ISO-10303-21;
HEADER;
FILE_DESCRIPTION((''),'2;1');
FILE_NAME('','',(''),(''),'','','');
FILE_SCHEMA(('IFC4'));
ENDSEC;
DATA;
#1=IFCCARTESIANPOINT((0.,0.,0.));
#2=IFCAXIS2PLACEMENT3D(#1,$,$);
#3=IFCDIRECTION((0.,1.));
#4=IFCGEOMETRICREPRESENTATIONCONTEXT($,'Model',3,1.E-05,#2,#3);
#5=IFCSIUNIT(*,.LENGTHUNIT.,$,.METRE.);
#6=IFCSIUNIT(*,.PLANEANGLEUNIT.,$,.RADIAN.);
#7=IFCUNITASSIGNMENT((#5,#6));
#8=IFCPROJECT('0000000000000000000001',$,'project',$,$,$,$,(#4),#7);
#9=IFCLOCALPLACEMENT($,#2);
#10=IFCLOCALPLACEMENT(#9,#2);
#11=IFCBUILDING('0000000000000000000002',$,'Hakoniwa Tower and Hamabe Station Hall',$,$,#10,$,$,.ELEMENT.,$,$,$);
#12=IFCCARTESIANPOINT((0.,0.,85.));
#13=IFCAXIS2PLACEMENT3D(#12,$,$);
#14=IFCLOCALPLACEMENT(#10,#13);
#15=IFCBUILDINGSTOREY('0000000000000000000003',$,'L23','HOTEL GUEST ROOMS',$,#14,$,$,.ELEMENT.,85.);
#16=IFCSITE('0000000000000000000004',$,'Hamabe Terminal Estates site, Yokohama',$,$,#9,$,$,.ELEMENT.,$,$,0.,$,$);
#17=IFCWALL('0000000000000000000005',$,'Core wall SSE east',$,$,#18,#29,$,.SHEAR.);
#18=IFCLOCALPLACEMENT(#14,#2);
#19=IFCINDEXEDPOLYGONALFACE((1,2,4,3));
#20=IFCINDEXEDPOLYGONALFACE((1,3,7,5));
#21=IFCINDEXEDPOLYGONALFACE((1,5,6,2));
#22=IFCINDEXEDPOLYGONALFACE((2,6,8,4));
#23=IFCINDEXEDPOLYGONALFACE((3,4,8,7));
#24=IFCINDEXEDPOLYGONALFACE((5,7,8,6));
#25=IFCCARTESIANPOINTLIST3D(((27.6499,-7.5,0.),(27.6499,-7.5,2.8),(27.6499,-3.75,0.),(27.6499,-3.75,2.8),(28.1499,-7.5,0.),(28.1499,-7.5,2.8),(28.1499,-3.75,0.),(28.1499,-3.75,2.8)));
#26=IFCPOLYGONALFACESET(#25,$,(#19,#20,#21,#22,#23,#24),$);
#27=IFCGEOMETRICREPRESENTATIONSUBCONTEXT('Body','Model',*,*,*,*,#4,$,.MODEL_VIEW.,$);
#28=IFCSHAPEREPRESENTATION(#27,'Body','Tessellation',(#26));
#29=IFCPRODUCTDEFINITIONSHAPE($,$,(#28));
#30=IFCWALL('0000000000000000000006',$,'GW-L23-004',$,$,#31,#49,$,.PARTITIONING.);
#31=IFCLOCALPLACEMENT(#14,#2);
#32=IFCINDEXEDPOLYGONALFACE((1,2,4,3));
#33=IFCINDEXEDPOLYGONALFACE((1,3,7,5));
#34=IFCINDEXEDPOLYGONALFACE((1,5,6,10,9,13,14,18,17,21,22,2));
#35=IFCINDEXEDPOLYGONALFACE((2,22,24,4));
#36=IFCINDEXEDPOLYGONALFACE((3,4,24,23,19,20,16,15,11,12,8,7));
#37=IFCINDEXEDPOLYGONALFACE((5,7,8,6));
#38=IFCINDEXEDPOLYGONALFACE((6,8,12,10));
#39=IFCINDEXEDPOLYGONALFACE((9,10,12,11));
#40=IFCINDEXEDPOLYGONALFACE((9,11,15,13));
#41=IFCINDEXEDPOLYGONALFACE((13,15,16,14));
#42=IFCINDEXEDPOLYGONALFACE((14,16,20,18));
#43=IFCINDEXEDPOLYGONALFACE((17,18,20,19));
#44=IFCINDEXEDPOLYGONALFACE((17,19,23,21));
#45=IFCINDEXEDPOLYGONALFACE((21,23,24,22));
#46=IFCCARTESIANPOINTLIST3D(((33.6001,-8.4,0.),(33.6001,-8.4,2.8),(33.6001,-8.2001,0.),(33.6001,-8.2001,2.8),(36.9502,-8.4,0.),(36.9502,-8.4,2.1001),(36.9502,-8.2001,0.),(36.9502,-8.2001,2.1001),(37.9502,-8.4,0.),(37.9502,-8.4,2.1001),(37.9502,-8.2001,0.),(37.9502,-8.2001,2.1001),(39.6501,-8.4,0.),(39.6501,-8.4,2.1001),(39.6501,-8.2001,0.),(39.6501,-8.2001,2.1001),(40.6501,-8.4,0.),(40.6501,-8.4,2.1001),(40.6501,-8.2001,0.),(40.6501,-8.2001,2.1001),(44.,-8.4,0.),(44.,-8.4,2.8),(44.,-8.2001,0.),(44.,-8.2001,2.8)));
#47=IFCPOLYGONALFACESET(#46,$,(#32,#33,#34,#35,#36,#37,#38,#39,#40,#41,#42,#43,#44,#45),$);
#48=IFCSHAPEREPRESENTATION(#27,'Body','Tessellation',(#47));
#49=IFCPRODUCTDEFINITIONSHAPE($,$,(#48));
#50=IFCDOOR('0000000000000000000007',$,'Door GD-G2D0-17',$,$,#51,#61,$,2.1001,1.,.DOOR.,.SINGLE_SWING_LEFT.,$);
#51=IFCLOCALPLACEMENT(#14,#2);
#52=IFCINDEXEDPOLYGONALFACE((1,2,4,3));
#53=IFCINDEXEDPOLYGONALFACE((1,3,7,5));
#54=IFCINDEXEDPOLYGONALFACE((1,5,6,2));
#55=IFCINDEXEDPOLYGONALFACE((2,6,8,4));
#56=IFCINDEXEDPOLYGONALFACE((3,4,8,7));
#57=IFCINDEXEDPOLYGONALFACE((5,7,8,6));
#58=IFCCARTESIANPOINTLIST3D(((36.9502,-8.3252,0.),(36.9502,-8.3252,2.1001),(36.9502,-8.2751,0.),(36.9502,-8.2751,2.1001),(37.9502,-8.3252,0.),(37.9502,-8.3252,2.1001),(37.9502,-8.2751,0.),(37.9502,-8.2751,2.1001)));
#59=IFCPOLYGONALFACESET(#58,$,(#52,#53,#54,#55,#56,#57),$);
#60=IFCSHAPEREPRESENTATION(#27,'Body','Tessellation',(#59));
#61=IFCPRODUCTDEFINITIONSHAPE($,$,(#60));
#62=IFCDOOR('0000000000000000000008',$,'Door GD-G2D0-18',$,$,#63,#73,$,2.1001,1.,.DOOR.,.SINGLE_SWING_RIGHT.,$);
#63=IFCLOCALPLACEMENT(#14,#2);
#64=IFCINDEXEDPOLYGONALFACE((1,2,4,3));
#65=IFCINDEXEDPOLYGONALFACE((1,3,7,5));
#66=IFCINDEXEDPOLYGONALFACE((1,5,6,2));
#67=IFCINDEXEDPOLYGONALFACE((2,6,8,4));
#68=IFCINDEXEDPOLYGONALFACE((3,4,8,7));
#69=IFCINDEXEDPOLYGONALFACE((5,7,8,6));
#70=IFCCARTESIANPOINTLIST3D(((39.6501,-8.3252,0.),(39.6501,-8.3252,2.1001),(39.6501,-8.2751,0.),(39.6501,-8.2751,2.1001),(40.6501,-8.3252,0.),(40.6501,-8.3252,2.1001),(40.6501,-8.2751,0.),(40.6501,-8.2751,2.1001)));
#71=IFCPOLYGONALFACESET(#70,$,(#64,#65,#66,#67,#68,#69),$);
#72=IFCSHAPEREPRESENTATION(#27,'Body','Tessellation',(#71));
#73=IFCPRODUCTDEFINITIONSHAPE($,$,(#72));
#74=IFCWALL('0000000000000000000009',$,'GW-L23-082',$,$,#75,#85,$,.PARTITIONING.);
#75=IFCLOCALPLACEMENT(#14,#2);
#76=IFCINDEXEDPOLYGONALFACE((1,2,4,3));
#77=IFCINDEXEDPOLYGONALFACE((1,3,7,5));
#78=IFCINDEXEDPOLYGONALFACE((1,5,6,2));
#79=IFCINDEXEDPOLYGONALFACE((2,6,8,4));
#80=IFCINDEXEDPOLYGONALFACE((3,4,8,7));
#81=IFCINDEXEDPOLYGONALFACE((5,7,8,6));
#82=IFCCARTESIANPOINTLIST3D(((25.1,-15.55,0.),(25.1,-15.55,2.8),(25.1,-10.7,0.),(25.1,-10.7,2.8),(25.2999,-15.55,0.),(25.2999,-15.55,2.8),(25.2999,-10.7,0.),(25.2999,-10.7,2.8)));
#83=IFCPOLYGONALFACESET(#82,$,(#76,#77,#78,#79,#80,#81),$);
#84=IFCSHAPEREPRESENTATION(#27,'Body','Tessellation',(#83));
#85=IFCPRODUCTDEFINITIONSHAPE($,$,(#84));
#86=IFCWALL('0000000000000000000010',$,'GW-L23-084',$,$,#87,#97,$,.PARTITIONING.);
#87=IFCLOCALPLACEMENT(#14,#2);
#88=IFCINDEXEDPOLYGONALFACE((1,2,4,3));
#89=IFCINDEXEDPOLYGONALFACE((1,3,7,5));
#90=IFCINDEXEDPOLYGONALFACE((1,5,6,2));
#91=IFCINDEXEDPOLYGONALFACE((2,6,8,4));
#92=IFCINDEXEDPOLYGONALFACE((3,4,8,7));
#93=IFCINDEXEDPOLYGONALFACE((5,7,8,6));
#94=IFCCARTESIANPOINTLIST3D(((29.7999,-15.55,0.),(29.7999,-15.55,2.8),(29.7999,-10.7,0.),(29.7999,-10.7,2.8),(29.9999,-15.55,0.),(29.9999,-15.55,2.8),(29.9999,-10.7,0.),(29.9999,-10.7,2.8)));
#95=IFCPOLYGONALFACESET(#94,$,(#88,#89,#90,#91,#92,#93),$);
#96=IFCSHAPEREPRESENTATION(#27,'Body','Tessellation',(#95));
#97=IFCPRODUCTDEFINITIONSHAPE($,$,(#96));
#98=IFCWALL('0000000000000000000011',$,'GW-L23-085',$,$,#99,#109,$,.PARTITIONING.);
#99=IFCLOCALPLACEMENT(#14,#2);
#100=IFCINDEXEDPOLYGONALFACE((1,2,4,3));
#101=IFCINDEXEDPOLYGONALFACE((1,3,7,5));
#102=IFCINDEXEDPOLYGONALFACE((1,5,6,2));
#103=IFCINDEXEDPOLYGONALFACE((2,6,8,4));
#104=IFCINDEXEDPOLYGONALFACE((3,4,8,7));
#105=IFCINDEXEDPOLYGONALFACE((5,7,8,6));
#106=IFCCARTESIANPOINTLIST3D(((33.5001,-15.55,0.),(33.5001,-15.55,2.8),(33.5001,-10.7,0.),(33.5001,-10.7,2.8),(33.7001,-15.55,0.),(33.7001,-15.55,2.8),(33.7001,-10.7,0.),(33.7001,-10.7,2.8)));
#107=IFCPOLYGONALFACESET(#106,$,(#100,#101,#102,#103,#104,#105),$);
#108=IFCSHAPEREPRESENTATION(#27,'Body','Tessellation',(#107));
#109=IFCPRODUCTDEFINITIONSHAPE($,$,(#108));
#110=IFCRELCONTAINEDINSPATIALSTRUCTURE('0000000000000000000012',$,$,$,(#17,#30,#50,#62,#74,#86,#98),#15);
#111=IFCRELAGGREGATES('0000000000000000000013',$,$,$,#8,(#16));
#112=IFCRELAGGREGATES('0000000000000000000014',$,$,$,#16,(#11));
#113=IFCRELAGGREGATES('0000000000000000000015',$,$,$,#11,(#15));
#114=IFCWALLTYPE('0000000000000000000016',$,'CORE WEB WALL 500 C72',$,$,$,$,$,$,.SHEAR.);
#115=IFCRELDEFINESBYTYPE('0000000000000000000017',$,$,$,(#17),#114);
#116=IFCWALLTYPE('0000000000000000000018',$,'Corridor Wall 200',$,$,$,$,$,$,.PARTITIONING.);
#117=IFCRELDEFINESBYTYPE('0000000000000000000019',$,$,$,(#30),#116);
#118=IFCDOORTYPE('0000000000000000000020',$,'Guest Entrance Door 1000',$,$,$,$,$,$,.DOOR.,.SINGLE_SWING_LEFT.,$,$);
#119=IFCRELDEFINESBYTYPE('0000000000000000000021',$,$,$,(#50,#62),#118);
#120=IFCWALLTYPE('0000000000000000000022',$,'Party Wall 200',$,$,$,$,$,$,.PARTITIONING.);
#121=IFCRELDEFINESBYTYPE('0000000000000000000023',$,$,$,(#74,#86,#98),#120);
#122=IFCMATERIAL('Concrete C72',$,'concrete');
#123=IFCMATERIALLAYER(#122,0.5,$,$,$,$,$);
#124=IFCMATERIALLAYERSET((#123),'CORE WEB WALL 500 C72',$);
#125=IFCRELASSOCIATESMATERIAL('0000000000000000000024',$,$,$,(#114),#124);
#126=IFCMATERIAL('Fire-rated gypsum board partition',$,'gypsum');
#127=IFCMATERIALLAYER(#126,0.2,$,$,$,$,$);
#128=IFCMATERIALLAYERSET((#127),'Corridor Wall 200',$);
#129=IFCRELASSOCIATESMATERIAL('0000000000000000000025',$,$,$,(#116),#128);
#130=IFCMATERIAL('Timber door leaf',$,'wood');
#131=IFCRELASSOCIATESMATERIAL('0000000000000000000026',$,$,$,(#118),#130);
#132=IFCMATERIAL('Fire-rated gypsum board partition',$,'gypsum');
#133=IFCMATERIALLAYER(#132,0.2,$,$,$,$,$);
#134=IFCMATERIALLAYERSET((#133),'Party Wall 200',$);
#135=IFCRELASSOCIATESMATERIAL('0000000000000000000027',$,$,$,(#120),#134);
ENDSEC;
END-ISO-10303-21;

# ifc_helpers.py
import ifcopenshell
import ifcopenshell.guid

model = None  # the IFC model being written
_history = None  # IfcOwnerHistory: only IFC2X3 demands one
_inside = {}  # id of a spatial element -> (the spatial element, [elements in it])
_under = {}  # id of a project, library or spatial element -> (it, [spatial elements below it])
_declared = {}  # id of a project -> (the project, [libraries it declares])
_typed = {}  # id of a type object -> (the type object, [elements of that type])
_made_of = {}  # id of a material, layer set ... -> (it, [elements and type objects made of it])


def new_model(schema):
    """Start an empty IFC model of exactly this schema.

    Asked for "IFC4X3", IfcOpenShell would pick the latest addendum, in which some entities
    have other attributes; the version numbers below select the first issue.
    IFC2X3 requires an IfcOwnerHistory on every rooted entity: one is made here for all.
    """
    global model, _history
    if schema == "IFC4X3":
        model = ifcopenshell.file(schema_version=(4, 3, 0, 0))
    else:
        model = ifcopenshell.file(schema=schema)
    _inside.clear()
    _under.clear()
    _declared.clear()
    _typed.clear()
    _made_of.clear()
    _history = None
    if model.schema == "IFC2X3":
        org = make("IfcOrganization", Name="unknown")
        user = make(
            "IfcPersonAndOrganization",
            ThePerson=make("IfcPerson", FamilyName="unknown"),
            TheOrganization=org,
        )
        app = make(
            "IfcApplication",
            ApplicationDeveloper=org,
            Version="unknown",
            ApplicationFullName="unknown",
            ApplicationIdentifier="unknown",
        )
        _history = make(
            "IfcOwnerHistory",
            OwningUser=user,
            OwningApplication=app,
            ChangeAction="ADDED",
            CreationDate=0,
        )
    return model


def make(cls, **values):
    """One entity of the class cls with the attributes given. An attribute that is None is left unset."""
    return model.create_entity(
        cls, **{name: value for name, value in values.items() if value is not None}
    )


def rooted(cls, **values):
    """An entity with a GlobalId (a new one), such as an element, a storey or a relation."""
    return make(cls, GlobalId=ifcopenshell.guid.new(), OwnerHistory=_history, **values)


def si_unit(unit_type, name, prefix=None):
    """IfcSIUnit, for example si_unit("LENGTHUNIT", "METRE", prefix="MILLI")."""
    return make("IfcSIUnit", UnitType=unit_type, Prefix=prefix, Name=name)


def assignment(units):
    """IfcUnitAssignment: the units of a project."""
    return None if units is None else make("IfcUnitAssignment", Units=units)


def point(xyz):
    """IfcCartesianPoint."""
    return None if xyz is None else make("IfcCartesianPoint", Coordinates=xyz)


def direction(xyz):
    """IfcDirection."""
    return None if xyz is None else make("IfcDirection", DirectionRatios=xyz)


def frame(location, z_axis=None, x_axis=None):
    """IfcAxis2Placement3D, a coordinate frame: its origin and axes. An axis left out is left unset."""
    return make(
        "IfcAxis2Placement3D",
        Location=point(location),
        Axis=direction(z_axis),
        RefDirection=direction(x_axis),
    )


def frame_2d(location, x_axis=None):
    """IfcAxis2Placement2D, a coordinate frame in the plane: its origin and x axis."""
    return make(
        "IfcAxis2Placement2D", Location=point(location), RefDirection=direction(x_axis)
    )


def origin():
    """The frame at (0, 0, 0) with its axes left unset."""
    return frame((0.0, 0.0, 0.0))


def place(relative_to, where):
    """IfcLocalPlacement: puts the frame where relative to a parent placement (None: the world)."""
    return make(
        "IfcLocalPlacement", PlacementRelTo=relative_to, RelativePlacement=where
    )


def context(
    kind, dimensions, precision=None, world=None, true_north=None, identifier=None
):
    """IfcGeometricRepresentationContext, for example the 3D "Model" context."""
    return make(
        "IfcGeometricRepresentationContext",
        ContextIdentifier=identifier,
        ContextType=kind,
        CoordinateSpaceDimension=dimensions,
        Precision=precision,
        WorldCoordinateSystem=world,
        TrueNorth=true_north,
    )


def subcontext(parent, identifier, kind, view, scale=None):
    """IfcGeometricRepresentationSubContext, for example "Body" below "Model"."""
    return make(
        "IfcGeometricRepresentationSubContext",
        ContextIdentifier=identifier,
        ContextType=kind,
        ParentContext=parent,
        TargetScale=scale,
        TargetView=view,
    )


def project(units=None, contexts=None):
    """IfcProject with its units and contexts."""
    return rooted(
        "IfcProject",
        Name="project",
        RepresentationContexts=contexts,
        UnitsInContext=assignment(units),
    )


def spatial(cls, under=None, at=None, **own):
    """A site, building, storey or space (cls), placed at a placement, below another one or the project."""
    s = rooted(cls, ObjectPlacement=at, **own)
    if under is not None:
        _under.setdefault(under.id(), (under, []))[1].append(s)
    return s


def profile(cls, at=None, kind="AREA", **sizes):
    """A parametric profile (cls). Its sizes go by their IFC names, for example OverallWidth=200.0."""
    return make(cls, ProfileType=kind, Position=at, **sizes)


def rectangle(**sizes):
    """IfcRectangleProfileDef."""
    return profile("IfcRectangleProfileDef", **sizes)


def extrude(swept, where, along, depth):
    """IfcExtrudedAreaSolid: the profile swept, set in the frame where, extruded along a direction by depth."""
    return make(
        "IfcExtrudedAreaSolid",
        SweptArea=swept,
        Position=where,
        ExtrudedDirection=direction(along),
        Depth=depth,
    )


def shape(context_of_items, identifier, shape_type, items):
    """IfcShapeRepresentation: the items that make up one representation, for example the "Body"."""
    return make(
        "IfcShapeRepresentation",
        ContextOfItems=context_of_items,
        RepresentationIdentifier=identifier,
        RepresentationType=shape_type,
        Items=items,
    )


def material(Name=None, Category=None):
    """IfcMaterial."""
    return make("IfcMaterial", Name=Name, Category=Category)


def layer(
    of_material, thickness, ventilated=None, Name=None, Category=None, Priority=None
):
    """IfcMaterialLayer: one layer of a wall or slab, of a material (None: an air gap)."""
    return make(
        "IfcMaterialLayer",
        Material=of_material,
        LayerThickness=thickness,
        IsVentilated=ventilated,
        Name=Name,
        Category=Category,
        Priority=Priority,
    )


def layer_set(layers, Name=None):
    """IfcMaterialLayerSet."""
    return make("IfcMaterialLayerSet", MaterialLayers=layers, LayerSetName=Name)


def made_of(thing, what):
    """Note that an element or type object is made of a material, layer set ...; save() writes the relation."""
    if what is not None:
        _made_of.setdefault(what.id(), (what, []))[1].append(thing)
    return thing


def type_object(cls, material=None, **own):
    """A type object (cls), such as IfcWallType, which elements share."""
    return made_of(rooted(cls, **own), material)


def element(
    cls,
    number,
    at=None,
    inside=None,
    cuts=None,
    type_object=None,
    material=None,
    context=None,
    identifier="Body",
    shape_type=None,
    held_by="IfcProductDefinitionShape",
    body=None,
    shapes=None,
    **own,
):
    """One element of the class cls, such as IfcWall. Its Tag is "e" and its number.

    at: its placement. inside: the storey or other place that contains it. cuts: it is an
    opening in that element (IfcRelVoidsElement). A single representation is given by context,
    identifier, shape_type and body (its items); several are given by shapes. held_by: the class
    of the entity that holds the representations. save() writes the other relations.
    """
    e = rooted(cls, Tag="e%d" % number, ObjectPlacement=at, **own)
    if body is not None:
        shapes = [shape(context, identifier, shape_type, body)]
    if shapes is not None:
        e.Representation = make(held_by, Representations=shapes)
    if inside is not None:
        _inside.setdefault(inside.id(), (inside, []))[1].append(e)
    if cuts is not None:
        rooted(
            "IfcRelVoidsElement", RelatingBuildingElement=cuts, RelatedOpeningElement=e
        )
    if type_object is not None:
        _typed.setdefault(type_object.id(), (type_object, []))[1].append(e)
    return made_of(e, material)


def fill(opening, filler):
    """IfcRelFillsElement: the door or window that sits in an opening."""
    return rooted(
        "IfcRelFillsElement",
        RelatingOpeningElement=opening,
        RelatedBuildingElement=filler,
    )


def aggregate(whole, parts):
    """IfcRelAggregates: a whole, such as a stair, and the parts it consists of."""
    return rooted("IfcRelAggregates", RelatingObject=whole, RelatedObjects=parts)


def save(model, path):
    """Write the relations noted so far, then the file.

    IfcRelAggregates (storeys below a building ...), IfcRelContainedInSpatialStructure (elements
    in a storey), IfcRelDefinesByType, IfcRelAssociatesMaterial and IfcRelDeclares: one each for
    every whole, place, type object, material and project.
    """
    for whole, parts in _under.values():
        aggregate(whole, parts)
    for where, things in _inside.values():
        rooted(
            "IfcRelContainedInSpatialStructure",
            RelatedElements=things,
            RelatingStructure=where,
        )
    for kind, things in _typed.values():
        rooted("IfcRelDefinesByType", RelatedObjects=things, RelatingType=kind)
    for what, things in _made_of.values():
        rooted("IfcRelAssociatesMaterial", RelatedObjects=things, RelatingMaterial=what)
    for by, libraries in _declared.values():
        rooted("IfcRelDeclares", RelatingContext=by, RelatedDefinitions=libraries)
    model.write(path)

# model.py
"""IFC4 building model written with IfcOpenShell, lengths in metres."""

from ifc_helpers import new_model, si_unit, direction, frame, frame_2d, origin, place, context, subcontext, project, spatial, rectangle, extrude, material, layer, layer_set, type_object, element, fill, save


model = new_model("IFC4")

# Units and contexts
model_context = context("Model", 3, precision=1e-05, world=origin(), true_north=direction((0.0, 1.0)))
body_context = subcontext(model_context, "Body", "Model", "MODEL_VIEW")
ifc_project = project(units=[si_unit("LENGTHUNIT", "METRE"), si_unit("PLANEANGLEUNIT", "RADIAN")], contexts=[model_context])

# Site, building, storey
site_placement = place(None, origin())
site = spatial("IfcSite", under=ifc_project, at=site_placement, Name="Hamabe Terminal Estates site, Yokohama", CompositionType="ELEMENT", RefElevation=0.0)
building_placement = place(site_placement, origin())
building = spatial("IfcBuilding", under=site, at=building_placement, Name="Hakoniwa Tower and Hamabe Station Hall", CompositionType="ELEMENT")
storey_placement = place(building_placement, frame((0.0, 0.0, 85.0)))
storey = spatial("IfcBuildingStorey", under=building, at=storey_placement, Name="L23", Description="HOTEL GUEST ROOMS", CompositionType="ELEMENT", Elevation=85.0)

# Wall
ifc_material_1 = material(Name="Concrete C72", Category="concrete")
ifc_layer_1 = layer(ifc_material_1, 0.5)
ifc_layer_set_1 = layer_set([ifc_layer_1], Name="CORE WEB WALL 500 C72")
wall_type_1 = type_object("IfcWallType", Name="CORE WEB WALL 500 C72", PredefinedType="SHEAR", material=ifc_layer_set_1)
wall_1_placement = place(storey_placement, frame((27.8999, -7.5, 0.0), z_axis=(0.0, 0.0, 1.0), x_axis=(0.0, 1.0, 0.0)))
element("IfcWall", 1, at=wall_1_placement, inside=storey, type_object=wall_type_1, Name="Core wall SSE east", PredefinedType="SHEAR", context=body_context, shape_type="SweptSolid", body=[
    extrude(rectangle(XDim=3.75, YDim=0.5, at=frame_2d((1.875, 0.0))), origin(), (0.0, 0.0, 1.0), 2.8),
])

# Wall, openings, doors
ifc_material_2 = material(Name="Fire-rated gypsum board partition", Category="gypsum")
ifc_layer_2 = layer(ifc_material_2, 0.2)
ifc_layer_set_2 = layer_set([ifc_layer_2], Name="Corridor Wall 200")
wall_type_2 = type_object("IfcWallType", Name="Corridor Wall 200", PredefinedType="PARTITIONING", material=ifc_layer_set_2)
wall_2_placement = place(storey_placement, frame((33.6001, -8.3, 0.0), z_axis=(0.0, 0.0, 1.0), x_axis=(1.0, 0.0, 0.0)))
wall_2 = element("IfcWall", 2, at=wall_2_placement, inside=storey, type_object=wall_type_2, Name="GW-L23-004", PredefinedType="PARTITIONING", context=body_context, shape_type="SweptSolid", body=[
    extrude(rectangle(XDim=10.3999, YDim=0.2, at=frame_2d((5.2, 0.0))), origin(), (0.0, 0.0, 1.0), 2.8),
])
opening_1_placement = place(wall_2_placement, frame((3.3501, 0.0, 0.0)))
opening_1 = element("IfcOpeningElement", 3, at=opening_1_placement, cuts=wall_2, PredefinedType="OPENING", context=body_context, shape_type="SweptSolid", body=[
    extrude(rectangle(XDim=1.0, YDim=2.1001, at=frame_2d((0.5, 1.05))), frame((0.0, 0.1099, 0.0), z_axis=(0.0, -1.0, 0.0), x_axis=(1.0, 0.0, 0.0)), (0.0, 0.0, 1.0), 0.22),
])
opening_2_placement = place(wall_2_placement, frame((6.05, 0.0, 0.0)))
opening_2 = element("IfcOpeningElement", 4, at=opening_2_placement, cuts=wall_2, PredefinedType="OPENING", context=body_context, shape_type="SweptSolid", body=[
    extrude(rectangle(XDim=1.0, YDim=2.1001, at=frame_2d((0.5, 1.05))), frame((0.0, 0.1099, 0.0), z_axis=(0.0, -1.0, 0.0), x_axis=(1.0, 0.0, 0.0)), (0.0, 0.0, 1.0), 0.22),
])
ifc_material_3 = material(Name="Timber door leaf", Category="wood")
door_type_1 = type_object("IfcDoorType", Name="Guest Entrance Door 1000", OperationType="SINGLE_SWING_LEFT", PredefinedType="DOOR", material=ifc_material_3)
door_1_placement = place(opening_1_placement, origin())
door_1 = element("IfcDoor", 5, at=door_1_placement, inside=storey, type_object=door_type_1, Name="Door GD-G2D0-17", OperationType="SINGLE_SWING_LEFT", OverallHeight=2.1001, OverallWidth=1.0, PredefinedType="DOOR", context=body_context, shape_type="SweptSolid", body=[
    extrude(rectangle(XDim=1.0, YDim=2.1001, at=frame_2d((0.5, 1.05))), frame((0.0, 0.0249, 0.0), z_axis=(0.0, -1.0, 0.0), x_axis=(1.0, 0.0, 0.0)), (0.0, 0.0, 1.0), 0.05),
])
fill(opening_1, door_1)
door_2_placement = place(opening_2_placement, origin())
door_2 = element("IfcDoor", 6, at=door_2_placement, inside=storey, type_object=door_type_1, Name="Door GD-G2D0-18", OperationType="SINGLE_SWING_RIGHT", OverallHeight=2.1001, OverallWidth=1.0, PredefinedType="DOOR", context=body_context, shape_type="SweptSolid", body=[
    extrude(rectangle(XDim=1.0, YDim=2.1001, at=frame_2d((0.5, 1.05))), frame((0.0, 0.0249, 0.0), z_axis=(0.0, -1.0, 0.0), x_axis=(1.0, 0.0, 0.0)), (0.0, 0.0, 1.0), 0.05),
])
fill(opening_2, door_2)

# Walls
ifc_material_4 = material(Name="Fire-rated gypsum board partition", Category="gypsum")
ifc_layer_3 = layer(ifc_material_4, 0.2)
ifc_layer_set_3 = layer_set([ifc_layer_3], Name="Party Wall 200")
wall_type_3 = type_object("IfcWallType", Name="Party Wall 200", PredefinedType="PARTITIONING", material=ifc_layer_set_3)
for number, where, z_axis, x_axis, name in (
    (7, (25.2, -15.55, 0.0), (0.0, 0.0, 1.0), (0.0, 1.0, 0.0), "GW-L23-082"),
    (8, (29.8999, -15.55, 0.0), (0.0, 0.0, 1.0), (0.0, 1.0, 0.0), "GW-L23-084"),
    (9, (33.6001, -15.55, 0.0), (0.0, 0.0, 1.0), (0.0, 1.0, 0.0), "GW-L23-085"),
):
    element("IfcWall", number, at=place(storey_placement, frame(where, z_axis=z_axis, x_axis=x_axis)), inside=storey, type_object=wall_type_3, Name=name, PredefinedType="PARTITIONING", context=body_context, shape_type="SweptSolid", body=[
        extrude(rectangle(XDim=4.8501, YDim=0.2, at=frame_2d((2.425, 0.0))), origin(), (0.0, 0.0, 1.0), 2.8),
    ])

save(model, "model.ifc")
